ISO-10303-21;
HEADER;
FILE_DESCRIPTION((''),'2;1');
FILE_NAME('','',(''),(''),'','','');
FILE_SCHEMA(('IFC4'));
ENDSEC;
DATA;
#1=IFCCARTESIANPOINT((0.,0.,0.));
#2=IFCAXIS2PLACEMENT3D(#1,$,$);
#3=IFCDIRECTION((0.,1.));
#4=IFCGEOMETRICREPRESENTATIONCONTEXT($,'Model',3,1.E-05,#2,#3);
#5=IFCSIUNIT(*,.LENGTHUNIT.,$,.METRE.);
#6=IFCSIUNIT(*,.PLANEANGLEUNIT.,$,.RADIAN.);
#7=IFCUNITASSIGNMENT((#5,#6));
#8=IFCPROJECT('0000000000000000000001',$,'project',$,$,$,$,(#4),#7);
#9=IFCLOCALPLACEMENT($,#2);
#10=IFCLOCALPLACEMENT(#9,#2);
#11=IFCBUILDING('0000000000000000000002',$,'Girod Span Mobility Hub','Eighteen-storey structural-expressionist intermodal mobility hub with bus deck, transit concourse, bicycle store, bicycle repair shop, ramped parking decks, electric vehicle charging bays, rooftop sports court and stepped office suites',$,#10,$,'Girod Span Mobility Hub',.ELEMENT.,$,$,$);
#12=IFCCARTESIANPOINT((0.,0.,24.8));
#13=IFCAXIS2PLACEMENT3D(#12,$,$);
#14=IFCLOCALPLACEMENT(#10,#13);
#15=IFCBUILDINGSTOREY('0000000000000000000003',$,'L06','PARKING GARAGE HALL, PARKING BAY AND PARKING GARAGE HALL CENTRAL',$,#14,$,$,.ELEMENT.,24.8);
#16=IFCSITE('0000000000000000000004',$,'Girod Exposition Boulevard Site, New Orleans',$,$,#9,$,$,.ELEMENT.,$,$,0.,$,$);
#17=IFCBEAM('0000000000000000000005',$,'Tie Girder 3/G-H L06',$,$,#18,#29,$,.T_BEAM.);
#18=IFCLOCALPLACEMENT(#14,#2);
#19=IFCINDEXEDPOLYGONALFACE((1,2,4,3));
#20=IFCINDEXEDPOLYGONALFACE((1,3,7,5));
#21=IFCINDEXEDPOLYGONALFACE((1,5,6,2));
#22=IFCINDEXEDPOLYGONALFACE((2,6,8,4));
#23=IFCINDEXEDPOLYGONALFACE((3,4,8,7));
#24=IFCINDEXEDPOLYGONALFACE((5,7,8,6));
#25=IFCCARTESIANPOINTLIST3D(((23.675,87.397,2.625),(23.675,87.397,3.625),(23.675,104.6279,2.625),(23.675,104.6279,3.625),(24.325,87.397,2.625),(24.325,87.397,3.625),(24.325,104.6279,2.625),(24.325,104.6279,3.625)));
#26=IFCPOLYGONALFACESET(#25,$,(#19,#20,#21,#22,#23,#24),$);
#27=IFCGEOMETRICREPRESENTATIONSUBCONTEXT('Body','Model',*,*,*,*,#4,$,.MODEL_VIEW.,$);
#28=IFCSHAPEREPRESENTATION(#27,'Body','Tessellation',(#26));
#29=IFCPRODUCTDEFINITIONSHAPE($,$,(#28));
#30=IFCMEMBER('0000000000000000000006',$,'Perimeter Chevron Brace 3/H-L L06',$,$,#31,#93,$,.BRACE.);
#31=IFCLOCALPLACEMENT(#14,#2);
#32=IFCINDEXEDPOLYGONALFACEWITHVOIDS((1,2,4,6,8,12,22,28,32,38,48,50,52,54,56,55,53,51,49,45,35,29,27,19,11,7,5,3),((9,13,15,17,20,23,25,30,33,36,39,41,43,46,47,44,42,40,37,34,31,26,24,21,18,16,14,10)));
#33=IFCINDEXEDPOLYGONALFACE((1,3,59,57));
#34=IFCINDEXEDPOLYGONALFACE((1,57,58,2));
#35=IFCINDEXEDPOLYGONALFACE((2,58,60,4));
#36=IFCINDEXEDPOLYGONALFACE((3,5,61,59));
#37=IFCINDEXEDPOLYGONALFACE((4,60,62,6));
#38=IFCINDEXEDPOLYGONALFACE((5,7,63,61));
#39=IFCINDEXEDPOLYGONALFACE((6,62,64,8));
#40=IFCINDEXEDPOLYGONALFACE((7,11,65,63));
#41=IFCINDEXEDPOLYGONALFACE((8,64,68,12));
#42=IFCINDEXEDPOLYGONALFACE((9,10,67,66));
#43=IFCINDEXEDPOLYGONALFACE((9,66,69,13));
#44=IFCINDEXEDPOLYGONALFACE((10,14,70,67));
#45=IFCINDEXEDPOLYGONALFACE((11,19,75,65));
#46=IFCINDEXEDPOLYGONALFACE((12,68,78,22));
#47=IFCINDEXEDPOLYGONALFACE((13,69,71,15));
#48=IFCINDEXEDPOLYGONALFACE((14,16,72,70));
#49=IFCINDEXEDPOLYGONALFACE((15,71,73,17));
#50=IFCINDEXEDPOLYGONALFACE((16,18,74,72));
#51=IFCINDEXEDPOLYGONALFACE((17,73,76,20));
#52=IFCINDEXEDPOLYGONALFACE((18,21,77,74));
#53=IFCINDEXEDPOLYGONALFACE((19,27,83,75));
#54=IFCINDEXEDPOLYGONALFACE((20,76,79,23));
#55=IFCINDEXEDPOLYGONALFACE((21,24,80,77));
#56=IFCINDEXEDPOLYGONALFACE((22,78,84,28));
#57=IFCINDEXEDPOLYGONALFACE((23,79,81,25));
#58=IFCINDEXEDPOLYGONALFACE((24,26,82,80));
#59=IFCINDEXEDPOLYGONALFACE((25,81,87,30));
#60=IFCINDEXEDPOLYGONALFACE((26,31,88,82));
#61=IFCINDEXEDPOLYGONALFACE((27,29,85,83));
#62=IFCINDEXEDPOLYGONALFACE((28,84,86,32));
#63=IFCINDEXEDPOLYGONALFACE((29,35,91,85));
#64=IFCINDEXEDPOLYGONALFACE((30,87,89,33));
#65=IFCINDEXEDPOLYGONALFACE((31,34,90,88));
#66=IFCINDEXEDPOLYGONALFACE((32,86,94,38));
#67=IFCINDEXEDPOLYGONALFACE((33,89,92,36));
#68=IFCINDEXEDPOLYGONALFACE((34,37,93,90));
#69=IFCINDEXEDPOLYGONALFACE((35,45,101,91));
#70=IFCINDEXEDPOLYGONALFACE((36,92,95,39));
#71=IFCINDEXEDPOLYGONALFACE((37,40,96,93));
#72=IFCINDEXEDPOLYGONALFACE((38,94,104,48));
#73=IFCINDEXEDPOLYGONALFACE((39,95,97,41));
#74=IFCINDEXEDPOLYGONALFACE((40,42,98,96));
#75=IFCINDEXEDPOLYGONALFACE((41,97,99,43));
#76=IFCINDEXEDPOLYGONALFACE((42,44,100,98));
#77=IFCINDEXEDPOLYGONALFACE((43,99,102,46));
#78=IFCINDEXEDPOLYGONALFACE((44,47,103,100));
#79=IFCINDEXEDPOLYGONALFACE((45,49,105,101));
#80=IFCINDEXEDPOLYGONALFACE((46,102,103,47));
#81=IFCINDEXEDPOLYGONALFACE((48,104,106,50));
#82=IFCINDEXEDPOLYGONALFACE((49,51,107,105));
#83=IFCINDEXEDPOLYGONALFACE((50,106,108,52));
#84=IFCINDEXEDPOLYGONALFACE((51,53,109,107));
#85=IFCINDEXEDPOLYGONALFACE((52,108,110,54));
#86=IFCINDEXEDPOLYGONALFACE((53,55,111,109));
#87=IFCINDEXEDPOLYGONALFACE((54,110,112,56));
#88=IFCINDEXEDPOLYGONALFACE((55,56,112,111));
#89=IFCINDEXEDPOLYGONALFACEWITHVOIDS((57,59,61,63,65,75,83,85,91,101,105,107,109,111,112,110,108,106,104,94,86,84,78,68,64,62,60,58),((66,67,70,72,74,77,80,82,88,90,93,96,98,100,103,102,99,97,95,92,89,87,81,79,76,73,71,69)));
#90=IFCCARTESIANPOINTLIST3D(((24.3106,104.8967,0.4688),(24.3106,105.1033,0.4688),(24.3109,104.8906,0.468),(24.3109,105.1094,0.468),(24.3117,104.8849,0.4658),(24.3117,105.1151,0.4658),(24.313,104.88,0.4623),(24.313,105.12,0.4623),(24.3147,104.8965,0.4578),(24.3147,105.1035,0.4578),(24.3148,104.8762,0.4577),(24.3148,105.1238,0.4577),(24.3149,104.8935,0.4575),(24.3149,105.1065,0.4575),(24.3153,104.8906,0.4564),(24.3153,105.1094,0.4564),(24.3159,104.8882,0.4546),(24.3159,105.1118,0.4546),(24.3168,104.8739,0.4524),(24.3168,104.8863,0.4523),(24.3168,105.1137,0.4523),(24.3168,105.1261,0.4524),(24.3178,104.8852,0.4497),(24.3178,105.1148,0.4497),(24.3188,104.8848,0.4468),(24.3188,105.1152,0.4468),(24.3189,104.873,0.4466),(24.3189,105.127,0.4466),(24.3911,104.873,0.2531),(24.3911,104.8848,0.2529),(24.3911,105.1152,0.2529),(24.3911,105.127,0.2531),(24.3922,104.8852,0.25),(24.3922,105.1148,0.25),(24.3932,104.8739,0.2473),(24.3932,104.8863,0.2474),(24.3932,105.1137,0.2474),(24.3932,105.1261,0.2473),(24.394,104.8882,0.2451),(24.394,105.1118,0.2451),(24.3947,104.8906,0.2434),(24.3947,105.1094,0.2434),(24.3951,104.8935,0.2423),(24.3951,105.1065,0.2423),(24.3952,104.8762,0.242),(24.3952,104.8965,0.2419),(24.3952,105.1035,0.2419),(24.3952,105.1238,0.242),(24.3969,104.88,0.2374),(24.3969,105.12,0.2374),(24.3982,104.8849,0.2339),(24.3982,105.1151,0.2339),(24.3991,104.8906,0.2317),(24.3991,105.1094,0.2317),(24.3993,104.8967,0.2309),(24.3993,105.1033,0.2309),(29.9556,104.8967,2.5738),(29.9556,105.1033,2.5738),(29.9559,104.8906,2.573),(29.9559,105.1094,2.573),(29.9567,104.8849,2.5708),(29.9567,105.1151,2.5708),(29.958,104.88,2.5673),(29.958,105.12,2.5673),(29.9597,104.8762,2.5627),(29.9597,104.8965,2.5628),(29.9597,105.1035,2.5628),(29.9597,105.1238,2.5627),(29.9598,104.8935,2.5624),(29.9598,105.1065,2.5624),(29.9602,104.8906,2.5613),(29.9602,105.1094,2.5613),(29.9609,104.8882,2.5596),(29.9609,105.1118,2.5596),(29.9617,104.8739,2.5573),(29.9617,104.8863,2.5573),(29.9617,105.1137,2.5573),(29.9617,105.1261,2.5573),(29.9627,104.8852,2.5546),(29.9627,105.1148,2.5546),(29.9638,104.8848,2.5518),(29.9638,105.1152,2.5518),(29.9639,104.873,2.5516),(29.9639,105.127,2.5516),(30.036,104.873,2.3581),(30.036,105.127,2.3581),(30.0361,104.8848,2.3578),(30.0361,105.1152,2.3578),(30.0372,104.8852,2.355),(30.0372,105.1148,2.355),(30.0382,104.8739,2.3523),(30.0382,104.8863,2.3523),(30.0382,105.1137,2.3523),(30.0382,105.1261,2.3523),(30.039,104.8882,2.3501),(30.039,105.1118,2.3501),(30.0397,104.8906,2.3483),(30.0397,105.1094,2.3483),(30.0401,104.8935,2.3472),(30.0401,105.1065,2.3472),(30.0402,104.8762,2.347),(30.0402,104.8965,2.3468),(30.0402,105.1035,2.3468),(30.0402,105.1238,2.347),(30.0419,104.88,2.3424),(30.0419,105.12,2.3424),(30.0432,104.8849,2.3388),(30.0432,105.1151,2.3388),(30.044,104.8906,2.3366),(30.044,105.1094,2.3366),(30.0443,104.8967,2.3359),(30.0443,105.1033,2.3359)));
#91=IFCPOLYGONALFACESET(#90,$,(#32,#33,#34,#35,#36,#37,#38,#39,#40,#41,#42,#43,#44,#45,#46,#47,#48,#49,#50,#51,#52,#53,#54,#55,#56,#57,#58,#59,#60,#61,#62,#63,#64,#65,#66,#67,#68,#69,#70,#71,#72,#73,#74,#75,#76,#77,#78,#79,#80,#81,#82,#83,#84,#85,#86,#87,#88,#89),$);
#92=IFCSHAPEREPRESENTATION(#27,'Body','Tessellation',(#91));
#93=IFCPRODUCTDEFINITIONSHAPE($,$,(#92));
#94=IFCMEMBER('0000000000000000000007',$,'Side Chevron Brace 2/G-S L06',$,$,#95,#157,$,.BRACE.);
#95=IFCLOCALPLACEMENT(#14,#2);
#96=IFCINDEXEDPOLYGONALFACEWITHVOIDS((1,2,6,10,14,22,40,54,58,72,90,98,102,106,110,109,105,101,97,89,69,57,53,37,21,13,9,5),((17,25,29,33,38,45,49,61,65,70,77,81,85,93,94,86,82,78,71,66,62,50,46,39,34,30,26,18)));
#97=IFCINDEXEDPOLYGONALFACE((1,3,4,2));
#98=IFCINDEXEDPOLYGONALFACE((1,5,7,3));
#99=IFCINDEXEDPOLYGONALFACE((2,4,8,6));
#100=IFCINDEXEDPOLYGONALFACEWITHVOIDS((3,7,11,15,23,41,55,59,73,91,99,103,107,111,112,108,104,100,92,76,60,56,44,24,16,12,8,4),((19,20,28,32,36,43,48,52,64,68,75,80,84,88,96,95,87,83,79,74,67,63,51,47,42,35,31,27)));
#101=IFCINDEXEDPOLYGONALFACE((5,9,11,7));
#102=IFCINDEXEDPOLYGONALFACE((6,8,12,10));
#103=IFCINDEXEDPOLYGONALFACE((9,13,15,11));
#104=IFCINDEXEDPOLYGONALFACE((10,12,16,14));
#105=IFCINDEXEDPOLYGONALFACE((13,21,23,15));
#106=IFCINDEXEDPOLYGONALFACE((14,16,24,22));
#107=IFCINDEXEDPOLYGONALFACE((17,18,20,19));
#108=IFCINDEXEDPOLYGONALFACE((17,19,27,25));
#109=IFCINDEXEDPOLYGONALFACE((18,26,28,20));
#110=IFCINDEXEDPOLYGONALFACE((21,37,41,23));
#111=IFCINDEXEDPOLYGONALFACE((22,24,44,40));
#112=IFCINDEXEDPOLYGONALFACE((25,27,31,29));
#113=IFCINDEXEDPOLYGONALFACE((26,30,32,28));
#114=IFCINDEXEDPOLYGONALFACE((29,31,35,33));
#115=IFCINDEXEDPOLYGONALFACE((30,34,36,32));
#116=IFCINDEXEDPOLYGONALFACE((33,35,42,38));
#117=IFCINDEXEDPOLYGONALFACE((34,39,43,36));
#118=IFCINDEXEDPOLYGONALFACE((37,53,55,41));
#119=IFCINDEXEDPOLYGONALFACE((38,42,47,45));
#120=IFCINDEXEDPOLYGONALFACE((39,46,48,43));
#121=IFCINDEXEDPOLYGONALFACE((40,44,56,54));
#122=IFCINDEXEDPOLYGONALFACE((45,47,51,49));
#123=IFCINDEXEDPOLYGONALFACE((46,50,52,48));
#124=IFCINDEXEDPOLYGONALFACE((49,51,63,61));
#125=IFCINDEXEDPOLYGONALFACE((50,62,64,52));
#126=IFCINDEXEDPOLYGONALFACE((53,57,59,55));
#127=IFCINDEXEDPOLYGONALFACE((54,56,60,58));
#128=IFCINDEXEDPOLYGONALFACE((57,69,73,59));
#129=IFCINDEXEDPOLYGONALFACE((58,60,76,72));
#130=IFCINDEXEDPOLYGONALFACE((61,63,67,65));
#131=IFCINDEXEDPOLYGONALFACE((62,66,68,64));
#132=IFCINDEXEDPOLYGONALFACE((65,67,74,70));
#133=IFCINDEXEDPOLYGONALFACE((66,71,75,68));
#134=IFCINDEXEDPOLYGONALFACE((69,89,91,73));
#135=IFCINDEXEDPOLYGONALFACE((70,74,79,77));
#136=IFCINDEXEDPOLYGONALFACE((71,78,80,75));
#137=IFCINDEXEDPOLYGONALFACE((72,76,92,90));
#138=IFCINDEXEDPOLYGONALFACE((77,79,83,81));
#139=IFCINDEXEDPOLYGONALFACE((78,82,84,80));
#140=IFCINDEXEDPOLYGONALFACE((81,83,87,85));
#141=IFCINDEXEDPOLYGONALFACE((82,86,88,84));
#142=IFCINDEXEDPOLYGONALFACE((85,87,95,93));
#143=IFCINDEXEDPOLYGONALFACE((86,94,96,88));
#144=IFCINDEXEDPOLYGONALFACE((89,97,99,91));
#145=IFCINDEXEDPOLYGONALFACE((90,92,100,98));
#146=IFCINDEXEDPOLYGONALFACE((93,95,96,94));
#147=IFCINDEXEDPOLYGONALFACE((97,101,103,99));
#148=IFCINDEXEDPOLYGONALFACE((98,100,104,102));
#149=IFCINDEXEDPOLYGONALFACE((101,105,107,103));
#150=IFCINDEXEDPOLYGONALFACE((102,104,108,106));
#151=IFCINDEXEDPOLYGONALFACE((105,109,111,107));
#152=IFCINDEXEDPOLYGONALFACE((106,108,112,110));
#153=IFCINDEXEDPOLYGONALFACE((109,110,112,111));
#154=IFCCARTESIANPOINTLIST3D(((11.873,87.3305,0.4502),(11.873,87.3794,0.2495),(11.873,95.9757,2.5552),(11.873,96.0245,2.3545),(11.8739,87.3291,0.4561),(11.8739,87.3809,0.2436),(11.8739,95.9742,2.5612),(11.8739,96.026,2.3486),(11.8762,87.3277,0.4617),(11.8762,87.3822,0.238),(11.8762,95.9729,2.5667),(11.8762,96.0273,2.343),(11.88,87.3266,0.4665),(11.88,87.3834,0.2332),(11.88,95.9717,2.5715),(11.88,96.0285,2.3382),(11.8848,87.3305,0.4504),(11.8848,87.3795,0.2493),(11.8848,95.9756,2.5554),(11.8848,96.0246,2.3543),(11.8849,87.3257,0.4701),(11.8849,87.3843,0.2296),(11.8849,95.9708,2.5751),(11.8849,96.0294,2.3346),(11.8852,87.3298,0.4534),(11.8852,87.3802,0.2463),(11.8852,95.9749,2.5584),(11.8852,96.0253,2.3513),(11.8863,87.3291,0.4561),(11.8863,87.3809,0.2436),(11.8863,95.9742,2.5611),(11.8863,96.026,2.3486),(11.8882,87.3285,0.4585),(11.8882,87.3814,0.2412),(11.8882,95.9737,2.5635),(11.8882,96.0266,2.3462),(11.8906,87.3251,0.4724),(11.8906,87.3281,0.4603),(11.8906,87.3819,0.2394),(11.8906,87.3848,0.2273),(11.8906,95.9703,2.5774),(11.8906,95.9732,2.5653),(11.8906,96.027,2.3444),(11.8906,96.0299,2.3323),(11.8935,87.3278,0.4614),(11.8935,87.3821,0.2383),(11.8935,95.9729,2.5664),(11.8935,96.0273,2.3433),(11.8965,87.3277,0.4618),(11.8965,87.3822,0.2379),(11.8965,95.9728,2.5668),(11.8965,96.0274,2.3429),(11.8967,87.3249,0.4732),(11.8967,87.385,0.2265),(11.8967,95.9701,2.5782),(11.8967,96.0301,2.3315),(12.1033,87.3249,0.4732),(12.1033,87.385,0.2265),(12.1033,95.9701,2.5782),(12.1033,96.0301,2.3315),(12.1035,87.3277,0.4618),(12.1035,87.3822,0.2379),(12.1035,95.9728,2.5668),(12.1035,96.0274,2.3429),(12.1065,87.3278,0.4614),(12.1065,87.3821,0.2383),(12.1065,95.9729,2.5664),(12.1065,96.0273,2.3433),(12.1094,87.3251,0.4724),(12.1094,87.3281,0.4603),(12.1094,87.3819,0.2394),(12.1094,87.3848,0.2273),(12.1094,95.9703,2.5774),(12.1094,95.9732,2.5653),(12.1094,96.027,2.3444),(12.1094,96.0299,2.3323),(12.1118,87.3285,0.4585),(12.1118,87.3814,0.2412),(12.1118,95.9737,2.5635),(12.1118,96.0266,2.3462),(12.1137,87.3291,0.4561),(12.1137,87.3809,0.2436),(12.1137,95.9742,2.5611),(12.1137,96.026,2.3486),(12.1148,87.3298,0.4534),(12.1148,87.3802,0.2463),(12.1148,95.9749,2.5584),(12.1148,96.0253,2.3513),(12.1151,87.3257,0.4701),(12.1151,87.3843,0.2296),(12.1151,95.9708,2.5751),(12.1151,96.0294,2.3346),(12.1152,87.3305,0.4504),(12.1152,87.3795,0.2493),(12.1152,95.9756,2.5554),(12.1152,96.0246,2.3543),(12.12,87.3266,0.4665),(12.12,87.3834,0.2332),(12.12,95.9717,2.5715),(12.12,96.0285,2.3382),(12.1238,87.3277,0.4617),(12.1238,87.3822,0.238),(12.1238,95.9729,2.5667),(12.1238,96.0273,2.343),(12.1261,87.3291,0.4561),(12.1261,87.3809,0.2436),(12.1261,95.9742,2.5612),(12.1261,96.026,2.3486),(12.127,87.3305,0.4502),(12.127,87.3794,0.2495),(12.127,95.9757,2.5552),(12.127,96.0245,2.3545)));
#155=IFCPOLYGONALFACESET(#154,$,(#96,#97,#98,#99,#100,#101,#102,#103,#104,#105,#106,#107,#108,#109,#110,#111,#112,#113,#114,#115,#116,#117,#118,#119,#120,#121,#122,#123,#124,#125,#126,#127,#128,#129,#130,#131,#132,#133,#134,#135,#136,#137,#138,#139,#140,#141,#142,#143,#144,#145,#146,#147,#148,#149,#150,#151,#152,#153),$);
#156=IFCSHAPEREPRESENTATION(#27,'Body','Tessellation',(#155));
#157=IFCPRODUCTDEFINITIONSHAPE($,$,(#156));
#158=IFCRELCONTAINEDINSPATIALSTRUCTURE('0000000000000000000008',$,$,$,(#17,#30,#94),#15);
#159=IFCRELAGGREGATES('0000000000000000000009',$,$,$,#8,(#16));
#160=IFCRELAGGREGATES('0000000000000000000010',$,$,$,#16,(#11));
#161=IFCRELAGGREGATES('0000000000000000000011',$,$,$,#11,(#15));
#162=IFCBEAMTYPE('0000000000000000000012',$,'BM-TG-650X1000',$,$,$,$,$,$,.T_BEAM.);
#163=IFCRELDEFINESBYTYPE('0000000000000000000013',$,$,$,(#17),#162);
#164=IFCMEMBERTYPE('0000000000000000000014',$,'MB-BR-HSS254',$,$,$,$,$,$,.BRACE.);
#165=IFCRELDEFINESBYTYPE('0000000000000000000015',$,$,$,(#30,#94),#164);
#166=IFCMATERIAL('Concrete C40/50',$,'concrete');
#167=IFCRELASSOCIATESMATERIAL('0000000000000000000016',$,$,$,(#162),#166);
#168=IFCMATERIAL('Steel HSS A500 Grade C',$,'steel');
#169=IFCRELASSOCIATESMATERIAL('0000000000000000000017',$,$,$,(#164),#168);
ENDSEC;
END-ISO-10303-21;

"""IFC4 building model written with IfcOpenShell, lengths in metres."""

from ifc_helpers import new_model, si_unit, direction, frame, origin, origin_2d, place, context, subcontext, project, spatial, rectangle, hollow_rectangle, extrude, material, material_profile, profile_set, type_object, element, save


model = new_model("IFC4")

# Units and contexts
model_context = context("Model", 3, precision=1e-05, world=origin(), true_north=direction((0.0, 1.0)))
body_context = subcontext(model_context, "Body", "Model", "MODEL_VIEW")
ifc_project = project(units=[si_unit("LENGTHUNIT", "METRE"), si_unit("PLANEANGLEUNIT", "RADIAN")], contexts=[model_context])

# Site, building, storey
site_placement = place(None, origin())
site = spatial("IfcSite", under=ifc_project, at=site_placement, Name="Girod Exposition Boulevard Site, New Orleans", CompositionType="ELEMENT", RefElevation=0.0)
building_placement = place(site_placement, origin())
building = spatial("IfcBuilding", under=site, at=building_placement, Name="Girod Span Mobility Hub", Description="Eighteen-storey structural-expressionist intermodal mobility hub with bus deck, transit concourse, bicycle store, bicycle repair shop, ramped parking decks, electric vehicle charging bays, rooftop sports court and stepped office suites", LongName="Girod Span Mobility Hub", CompositionType="ELEMENT")
storey_placement = place(building_placement, frame((0.0, 0.0, 24.8)))
storey = spatial("IfcBuildingStorey", under=building, at=storey_placement, Name="L06", Description="PARKING GARAGE HALL, PARKING BAY AND PARKING GARAGE HALL CENTRAL", CompositionType="ELEMENT", Elevation=24.8)

# Beam
ifc_material_1 = material(Name="Concrete C40/50", Category="concrete")
ifc_material_profile_1 = material_profile(ifc_material_1, rectangle(XDim=0.6499, YDim=1.0, at=origin_2d()), Name="TG-650X1000")
ifc_profile_set_1 = profile_set([ifc_material_profile_1], Name="Concrete C40/50")
beam_type_1 = type_object("IfcBeamType", Name="BM-TG-650X1000", PredefinedType="T_BEAM", material=ifc_profile_set_1)
beam_1_placement = place(storey_placement, frame((24.0, 87.397, 3.125), z_axis=(0.0, 1.0, 0.0), x_axis=(-1.0, 0.0, 0.0)))
element("IfcBeam", 1, at=beam_1_placement, inside=storey, type_object=beam_type_1, Name="Tie Girder 3/G-H L06", PredefinedType="T_BEAM", context=body_context, shape_type="SweptSolid", body=[
    extrude(rectangle(XDim=0.6499, YDim=1.0, at=origin_2d()), origin(), (0.0, 0.0, 1.0), 17.231),
])

# Members
ifc_material_2 = material(Name="Steel HSS A500 Grade C", Category="steel")
ifc_material_profile_2 = material_profile(ifc_material_2, hollow_rectangle(XDim=0.2539, YDim=0.2539, WallThickness=0.0117, InnerFilletRadius=0.0117, OuterFilletRadius=0.0237, at=origin_2d()), Name="HSS254X254X12.7")
ifc_profile_set_2 = profile_set([ifc_material_profile_2], Name="Steel HSS A500 Grade C")
member_type = type_object("IfcMemberType", Name="MB-BR-HSS254", PredefinedType="BRACE", material=ifc_profile_set_2)
member_placement = place(storey_placement, frame((24.355, 105.0, 0.3499), z_axis=(0.936977, 0.0, 0.349391), x_axis=(0.0, 1.0, 0.0)))
element("IfcMember", 2, at=member_placement, inside=storey, type_object=member_type, Name="Perimeter Chevron Brace 3/H-L L06", PredefinedType="BRACE", context=body_context, shape_type="SweptSolid", body=[
    extrude(hollow_rectangle(XDim=0.2539, YDim=0.2539, WallThickness=0.0117, InnerFilletRadius=0.0117, OuterFilletRadius=0.0237, at=origin_2d()), origin(), (0.0, 0.0, 1.0), 6.0247),
])
for number, where, z_axis, x_axis, name in (
    (3, (12.0, 87.355, 0.3499), (0.0, 0.971612, 0.236578), (-1.0, 0.0, 0.0), "Side Chevron Brace 2/G-S L06"),
):
    element("IfcMember", number, at=place(storey_placement, frame(where, z_axis=z_axis, x_axis=x_axis)), inside=storey, type_object=member_type, Name=name, PredefinedType="BRACE", context=body_context, shape_type="SweptSolid", body=[
        extrude(hollow_rectangle(XDim=0.2539, YDim=0.2539, WallThickness=0.0117, InnerFilletRadius=0.0117, OuterFilletRadius=0.0237, at=origin_2d()), origin(), (0.0, 0.0, 1.0), 8.8977),
    ])

save(model, "model.ifc")
